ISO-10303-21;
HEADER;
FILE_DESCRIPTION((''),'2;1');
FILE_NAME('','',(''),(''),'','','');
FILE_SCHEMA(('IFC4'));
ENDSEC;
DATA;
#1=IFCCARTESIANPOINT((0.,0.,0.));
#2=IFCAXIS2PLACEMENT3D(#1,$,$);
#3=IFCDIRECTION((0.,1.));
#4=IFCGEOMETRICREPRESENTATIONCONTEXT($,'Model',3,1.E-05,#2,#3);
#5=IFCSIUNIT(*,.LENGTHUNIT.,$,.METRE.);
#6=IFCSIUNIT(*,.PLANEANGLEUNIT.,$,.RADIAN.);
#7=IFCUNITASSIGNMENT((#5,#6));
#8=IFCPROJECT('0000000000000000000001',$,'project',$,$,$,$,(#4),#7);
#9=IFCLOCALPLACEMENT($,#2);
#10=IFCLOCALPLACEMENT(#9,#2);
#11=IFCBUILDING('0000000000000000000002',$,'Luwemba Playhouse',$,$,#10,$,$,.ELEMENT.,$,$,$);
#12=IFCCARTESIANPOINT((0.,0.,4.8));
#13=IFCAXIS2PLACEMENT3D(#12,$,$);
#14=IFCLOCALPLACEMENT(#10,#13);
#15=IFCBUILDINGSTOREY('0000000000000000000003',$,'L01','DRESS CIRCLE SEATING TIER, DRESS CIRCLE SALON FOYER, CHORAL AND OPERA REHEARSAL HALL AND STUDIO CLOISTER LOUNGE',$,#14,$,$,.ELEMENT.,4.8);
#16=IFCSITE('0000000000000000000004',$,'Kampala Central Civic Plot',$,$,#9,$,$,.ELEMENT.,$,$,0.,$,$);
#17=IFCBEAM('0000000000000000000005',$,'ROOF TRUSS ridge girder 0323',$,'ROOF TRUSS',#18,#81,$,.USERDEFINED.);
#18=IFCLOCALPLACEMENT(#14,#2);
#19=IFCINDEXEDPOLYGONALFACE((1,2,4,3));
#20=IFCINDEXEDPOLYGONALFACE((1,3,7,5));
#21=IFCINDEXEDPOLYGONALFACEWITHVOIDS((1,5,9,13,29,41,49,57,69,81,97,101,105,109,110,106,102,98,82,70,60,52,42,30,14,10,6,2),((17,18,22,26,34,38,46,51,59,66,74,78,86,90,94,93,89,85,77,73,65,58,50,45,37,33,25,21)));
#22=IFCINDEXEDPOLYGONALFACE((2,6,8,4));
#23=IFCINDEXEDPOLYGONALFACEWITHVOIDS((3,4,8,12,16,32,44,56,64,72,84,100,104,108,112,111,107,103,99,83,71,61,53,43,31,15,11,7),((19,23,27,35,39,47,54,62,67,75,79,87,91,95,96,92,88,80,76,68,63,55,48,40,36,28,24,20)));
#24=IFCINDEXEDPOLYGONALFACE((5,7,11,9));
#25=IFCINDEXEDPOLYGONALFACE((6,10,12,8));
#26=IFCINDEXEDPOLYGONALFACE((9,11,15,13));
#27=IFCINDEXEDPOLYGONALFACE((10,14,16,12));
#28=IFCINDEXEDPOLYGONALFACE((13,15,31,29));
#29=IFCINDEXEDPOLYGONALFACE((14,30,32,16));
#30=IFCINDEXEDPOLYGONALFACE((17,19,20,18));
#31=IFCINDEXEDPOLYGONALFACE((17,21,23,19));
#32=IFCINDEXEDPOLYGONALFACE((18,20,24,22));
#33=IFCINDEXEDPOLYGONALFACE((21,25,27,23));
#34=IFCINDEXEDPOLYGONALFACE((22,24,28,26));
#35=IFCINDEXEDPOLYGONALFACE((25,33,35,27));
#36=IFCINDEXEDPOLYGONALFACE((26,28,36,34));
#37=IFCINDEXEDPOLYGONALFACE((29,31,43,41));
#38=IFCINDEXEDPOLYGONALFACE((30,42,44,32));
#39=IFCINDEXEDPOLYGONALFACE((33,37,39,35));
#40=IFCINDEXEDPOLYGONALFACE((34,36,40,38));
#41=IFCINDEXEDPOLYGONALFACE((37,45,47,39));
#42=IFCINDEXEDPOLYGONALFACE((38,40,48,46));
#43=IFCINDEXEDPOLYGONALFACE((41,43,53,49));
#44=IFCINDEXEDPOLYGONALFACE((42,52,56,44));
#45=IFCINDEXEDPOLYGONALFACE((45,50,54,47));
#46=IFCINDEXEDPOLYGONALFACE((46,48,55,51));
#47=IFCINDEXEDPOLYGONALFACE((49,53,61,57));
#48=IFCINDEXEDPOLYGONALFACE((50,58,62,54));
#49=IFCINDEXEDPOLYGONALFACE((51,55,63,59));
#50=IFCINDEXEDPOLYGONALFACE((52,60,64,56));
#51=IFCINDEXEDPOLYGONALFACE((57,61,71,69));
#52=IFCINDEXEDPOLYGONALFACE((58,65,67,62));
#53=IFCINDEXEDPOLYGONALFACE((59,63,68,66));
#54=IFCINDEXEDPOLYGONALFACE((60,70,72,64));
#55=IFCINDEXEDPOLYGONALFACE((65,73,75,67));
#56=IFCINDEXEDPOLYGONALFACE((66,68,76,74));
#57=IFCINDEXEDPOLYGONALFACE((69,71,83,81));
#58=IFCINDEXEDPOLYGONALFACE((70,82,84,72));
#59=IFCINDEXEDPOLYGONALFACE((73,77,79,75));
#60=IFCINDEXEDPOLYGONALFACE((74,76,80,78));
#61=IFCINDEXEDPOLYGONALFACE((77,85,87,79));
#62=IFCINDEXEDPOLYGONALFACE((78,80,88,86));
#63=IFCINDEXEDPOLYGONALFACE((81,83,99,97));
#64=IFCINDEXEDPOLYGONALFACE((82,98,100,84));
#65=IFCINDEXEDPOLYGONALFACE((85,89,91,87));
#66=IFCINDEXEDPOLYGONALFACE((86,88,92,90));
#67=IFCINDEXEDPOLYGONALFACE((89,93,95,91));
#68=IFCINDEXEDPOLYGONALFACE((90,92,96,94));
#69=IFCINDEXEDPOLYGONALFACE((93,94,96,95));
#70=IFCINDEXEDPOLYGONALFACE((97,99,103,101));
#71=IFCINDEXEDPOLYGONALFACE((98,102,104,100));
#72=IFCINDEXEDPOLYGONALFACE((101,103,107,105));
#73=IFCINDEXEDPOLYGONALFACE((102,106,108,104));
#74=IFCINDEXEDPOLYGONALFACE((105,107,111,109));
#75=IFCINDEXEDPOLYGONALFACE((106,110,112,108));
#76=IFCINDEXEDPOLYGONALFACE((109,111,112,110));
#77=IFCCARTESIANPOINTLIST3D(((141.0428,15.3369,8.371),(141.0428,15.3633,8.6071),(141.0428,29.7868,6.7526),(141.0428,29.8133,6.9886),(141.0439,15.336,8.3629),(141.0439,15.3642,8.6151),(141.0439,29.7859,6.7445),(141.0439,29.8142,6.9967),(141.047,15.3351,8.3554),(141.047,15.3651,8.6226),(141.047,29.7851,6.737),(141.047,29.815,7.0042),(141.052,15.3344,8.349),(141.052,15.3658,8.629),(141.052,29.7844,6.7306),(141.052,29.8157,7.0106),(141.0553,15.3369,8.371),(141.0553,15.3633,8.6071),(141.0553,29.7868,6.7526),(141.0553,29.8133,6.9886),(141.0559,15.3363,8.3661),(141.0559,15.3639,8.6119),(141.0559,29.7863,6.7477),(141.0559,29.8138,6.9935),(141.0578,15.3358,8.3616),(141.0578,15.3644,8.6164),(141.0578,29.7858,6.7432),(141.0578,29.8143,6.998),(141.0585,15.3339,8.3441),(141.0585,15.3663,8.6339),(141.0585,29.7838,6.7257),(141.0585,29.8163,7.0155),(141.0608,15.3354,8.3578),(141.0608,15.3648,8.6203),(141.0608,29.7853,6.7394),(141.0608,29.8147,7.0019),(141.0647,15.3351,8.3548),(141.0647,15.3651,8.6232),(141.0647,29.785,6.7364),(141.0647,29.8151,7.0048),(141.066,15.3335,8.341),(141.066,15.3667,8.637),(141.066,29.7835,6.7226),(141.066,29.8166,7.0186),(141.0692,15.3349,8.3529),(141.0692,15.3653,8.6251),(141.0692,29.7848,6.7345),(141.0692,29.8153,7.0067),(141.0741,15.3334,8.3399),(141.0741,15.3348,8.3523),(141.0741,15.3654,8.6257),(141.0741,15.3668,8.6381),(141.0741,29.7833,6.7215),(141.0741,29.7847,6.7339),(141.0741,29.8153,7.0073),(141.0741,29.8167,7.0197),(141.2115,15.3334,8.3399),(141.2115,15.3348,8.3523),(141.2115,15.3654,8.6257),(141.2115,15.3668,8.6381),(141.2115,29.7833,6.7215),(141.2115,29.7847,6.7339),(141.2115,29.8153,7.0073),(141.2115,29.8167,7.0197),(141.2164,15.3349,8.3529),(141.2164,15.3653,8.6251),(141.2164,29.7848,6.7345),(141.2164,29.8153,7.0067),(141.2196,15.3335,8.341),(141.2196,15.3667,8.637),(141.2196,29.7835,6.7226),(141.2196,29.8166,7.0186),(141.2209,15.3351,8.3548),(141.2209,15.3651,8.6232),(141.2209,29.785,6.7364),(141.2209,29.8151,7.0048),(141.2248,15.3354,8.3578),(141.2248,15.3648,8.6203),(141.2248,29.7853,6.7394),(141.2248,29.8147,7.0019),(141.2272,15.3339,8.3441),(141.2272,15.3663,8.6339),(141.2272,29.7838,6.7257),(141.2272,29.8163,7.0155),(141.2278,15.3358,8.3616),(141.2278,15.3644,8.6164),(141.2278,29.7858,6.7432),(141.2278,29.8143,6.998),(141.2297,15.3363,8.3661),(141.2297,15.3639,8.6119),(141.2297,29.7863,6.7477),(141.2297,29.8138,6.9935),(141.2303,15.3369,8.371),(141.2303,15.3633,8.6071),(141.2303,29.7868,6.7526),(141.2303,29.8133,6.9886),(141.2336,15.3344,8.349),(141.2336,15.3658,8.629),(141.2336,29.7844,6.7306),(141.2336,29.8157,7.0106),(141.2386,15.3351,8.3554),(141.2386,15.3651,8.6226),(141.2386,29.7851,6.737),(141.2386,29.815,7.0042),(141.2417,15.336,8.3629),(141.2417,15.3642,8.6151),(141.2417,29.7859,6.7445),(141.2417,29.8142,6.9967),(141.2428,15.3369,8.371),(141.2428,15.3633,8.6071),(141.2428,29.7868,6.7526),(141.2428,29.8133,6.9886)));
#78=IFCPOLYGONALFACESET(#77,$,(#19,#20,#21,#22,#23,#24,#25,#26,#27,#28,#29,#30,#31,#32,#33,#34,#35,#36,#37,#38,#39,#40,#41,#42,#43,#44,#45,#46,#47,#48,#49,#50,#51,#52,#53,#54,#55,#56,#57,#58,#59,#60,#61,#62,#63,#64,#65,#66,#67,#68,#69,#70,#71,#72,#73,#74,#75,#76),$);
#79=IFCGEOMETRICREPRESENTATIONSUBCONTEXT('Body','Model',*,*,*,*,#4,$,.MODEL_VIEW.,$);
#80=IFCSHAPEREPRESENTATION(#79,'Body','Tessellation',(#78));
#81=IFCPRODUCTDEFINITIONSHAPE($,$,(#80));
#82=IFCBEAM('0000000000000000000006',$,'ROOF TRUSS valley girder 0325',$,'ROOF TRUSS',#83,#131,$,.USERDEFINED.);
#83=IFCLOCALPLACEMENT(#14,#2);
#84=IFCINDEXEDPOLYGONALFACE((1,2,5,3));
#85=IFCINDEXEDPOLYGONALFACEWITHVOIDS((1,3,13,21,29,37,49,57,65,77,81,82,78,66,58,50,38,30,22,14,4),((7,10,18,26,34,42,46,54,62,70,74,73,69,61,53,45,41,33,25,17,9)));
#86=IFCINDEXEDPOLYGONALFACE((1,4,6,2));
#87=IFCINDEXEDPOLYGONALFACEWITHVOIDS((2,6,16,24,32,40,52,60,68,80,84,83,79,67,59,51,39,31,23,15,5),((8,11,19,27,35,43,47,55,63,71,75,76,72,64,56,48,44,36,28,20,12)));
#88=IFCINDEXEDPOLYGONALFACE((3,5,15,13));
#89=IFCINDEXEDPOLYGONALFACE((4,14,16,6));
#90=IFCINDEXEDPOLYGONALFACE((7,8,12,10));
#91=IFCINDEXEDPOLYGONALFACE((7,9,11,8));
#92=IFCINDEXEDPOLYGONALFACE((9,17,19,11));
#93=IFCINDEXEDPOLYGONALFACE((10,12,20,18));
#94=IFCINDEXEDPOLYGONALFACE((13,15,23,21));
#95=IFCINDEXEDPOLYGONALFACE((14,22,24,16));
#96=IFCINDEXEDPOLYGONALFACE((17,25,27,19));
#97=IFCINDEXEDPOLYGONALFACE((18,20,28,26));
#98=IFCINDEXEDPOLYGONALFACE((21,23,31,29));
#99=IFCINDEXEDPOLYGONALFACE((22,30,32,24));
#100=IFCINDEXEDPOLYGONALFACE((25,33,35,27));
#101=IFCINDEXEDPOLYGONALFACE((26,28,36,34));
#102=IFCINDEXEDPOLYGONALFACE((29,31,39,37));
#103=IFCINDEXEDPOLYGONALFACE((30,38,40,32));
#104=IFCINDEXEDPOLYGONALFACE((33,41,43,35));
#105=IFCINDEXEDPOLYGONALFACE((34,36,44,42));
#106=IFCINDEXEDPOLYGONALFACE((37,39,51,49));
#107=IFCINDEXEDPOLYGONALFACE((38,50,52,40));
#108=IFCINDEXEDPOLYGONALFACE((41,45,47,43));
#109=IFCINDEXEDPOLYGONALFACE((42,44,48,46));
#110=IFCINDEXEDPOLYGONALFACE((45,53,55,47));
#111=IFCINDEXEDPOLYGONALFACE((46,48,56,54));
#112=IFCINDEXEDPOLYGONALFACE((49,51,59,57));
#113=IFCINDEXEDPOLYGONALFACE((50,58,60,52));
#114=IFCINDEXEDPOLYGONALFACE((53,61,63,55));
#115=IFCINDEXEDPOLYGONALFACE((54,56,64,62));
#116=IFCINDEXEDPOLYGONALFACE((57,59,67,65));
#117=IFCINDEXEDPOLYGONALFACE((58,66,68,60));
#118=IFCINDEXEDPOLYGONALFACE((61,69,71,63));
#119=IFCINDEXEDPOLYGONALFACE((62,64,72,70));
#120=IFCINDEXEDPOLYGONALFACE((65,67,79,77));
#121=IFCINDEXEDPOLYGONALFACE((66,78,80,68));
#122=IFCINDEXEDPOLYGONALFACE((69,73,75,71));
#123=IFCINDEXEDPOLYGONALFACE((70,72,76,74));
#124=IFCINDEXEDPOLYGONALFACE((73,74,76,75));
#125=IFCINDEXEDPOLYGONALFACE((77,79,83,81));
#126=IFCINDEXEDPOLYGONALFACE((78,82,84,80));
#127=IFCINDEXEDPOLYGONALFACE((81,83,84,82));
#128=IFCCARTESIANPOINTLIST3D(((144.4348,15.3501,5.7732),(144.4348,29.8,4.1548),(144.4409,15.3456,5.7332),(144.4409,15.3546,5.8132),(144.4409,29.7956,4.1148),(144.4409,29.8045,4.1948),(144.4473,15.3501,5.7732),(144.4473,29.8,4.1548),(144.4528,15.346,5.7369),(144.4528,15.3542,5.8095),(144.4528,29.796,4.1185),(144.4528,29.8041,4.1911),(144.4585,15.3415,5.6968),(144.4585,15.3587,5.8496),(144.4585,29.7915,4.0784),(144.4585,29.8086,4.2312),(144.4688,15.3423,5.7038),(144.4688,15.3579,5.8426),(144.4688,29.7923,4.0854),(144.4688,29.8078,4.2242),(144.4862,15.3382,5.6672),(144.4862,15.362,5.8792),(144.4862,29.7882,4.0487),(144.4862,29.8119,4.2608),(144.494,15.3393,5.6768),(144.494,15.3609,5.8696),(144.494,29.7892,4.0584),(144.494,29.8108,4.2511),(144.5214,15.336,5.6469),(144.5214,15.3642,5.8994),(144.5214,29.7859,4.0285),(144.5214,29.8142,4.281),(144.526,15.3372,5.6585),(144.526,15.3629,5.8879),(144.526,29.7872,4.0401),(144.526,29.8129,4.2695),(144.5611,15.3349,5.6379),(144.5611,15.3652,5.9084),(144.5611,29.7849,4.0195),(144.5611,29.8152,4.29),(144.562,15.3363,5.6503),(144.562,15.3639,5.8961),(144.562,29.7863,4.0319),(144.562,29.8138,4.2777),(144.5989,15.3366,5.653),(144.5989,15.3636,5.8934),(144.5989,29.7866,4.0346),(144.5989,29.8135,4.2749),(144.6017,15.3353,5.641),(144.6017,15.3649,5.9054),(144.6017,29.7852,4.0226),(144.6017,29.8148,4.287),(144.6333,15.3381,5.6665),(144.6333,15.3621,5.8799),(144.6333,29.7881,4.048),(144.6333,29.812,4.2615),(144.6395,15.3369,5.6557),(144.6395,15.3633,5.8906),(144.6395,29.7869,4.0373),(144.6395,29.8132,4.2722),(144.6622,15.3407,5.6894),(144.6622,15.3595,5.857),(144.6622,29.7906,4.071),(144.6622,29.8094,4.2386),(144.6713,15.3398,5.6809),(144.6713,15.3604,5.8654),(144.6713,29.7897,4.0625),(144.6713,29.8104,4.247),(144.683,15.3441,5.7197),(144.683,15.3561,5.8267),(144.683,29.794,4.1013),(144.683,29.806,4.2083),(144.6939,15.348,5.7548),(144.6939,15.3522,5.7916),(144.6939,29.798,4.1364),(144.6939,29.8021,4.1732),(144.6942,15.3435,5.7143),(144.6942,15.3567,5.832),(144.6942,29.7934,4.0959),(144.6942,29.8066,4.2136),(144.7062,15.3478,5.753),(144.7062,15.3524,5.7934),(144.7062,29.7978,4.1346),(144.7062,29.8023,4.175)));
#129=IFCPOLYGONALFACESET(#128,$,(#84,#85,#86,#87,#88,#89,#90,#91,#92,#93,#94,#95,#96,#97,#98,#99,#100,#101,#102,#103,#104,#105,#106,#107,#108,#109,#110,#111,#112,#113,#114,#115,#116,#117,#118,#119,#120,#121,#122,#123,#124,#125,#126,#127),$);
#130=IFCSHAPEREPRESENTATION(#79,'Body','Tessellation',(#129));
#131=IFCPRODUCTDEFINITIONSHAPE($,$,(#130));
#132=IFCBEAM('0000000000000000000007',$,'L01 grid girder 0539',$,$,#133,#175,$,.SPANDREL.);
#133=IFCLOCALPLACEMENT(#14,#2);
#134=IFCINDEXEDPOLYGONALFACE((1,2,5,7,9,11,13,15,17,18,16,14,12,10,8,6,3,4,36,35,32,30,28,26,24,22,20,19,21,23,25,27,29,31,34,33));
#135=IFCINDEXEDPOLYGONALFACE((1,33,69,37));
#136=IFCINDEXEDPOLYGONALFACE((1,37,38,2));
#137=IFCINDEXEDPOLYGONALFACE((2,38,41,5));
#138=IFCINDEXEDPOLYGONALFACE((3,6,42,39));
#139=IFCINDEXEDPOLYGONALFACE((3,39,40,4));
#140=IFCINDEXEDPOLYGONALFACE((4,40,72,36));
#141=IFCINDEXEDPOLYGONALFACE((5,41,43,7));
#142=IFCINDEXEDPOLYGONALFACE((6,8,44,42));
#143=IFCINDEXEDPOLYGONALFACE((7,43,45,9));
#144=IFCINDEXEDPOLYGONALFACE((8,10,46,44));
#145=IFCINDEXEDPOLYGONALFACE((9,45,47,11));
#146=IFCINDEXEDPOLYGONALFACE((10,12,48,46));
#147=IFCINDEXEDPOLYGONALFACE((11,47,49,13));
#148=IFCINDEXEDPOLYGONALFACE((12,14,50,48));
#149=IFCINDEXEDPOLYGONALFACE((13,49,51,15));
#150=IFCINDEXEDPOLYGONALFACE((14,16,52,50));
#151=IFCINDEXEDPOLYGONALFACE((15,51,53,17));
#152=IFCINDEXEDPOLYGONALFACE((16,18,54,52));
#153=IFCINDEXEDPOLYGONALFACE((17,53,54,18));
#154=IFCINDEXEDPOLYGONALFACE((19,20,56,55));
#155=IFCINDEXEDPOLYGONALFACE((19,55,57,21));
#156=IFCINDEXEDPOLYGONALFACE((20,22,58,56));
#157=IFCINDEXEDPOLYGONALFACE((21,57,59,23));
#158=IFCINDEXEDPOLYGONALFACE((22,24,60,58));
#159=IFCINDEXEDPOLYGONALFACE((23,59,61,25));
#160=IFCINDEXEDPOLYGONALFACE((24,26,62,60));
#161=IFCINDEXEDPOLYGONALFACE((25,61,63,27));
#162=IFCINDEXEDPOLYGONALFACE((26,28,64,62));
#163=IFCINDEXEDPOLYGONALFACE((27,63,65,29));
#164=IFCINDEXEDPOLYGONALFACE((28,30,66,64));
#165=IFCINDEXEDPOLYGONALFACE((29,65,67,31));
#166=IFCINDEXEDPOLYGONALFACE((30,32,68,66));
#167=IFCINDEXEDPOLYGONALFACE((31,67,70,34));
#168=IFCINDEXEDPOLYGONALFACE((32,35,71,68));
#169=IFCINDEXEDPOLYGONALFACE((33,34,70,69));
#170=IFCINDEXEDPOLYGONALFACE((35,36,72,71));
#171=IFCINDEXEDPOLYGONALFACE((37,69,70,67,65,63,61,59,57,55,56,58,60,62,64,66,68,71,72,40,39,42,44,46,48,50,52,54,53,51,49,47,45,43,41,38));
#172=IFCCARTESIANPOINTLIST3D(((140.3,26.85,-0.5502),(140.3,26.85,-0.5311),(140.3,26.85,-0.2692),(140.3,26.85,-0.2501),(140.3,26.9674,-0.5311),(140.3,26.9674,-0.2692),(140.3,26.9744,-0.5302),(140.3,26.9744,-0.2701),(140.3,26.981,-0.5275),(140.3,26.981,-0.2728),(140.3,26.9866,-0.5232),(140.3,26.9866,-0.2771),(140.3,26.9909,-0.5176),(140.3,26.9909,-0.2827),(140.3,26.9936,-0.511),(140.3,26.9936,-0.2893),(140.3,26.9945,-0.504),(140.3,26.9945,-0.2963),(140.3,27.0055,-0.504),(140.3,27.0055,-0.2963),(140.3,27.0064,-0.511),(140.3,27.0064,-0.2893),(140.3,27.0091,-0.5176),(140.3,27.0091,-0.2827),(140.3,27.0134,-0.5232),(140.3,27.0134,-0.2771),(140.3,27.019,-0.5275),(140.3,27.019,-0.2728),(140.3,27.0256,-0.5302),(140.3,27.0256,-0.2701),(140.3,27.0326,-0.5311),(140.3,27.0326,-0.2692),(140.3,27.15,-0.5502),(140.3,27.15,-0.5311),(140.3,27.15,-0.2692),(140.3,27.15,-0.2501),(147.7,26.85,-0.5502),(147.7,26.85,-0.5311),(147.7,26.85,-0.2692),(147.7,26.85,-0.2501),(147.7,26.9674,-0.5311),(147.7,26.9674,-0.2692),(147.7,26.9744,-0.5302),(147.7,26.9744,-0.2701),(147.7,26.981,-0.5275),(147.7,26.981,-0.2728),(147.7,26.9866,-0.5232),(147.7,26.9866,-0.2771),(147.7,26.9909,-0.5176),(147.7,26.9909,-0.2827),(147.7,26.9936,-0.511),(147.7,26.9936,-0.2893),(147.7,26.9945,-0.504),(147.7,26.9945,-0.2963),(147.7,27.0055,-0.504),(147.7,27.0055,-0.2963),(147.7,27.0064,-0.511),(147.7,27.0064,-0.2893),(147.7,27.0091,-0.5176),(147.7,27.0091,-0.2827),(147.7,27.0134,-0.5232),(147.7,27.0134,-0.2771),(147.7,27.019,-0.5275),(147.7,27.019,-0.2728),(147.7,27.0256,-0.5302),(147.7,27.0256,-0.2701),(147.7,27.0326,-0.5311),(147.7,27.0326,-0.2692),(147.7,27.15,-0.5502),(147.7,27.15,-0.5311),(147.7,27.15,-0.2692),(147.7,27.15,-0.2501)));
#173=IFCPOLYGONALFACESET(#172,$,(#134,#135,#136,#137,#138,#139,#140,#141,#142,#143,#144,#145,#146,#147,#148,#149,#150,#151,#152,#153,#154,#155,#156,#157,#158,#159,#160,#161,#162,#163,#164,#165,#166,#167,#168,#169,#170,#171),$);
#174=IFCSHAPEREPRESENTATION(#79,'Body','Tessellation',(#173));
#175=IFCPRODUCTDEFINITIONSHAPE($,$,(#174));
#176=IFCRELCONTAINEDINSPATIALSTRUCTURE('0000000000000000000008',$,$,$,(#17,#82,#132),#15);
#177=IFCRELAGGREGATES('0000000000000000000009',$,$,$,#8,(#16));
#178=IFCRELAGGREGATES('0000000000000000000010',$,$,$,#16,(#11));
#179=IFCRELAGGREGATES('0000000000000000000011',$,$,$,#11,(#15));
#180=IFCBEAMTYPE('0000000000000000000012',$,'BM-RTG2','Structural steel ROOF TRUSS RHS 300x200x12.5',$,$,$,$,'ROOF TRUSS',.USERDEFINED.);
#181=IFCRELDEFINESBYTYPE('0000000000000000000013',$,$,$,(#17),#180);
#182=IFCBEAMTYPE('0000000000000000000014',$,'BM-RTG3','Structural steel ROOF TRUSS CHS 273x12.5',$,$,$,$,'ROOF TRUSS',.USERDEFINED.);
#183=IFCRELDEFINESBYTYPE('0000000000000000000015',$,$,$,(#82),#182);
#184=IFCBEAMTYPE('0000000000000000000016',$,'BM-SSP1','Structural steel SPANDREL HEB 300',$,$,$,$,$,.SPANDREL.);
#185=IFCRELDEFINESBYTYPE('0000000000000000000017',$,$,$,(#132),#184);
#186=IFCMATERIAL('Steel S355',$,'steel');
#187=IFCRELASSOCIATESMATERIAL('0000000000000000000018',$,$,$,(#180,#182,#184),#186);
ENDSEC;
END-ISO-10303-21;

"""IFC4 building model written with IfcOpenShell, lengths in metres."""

from ifc_helpers import new_model, si_unit, direction, frame, origin, origin_2d, place, context, subcontext, project, spatial, hollow_rectangle, hollow_circle, i_section, extrude, material, material_profile, profile_set, type_object, element, save


model = new_model("IFC4")

# Units and contexts
model_context = context("Model", 3, precision=1e-05, world=origin(), true_north=direction((0.0, 1.0)))
body_context = subcontext(model_context, "Body", "Model", "MODEL_VIEW")
ifc_project = project(units=[si_unit("LENGTHUNIT", "METRE"), si_unit("PLANEANGLEUNIT", "RADIAN")], contexts=[model_context])

# Site, building, storey
site_placement = place(None, origin())
site = spatial("IfcSite", under=ifc_project, at=site_placement, Name="Kampala Central Civic Plot", CompositionType="ELEMENT", RefElevation=0.0)
building_placement = place(site_placement, origin())
building = spatial("IfcBuilding", under=site, at=building_placement, Name="Luwemba Playhouse", CompositionType="ELEMENT")
storey_placement = place(building_placement, frame((0.0, 0.0, 4.8)))
storey = spatial("IfcBuildingStorey", under=building, at=storey_placement, Name="L01", Description="DRESS CIRCLE SEATING TIER, DRESS CIRCLE SALON FOYER, CHORAL AND OPERA REHEARSAL HALL AND STUDIO CLOISTER LOUNGE", CompositionType="ELEMENT", Elevation=4.8)

# Beams
ifc_material_1 = material(Name="Steel S355", Category="steel")
ifc_material_profile_1 = material_profile(ifc_material_1, hollow_rectangle(XDim=0.2, YDim=0.3, WallThickness=0.0125, InnerFilletRadius=0.0188, OuterFilletRadius=0.0312, at=origin_2d()))
ifc_profile_set_1 = profile_set([ifc_material_profile_1], Name="Steel S355")
beam_type_1 = type_object("IfcBeamType", Name="BM-RTG2", Description="Structural steel ROOF TRUSS RHS 300x200x12.5", ElementType="ROOF TRUSS", PredefinedType="USERDEFINED", material=ifc_profile_set_1)
beam_1_placement = place(storey_placement, frame((141.1428, 15.3501, 8.489), z_axis=(0.0, 0.993786, -0.111305), x_axis=(-1.0, 0.0, 0.0)))
element("IfcBeam", 1, at=beam_1_placement, inside=storey, type_object=beam_type_1, Name="ROOF TRUSS ridge girder 0323", ObjectType="ROOF TRUSS", PredefinedType="USERDEFINED", context=body_context, shape_type="SweptSolid", body=[
    extrude(hollow_rectangle(XDim=0.2, YDim=0.3, WallThickness=0.0125, InnerFilletRadius=0.0188, OuterFilletRadius=0.0312, at=origin_2d()), origin(), (0.0, 0.0, 1.0), 14.5403),
])
ifc_material_profile_2 = material_profile(ifc_material_1, hollow_circle(Radius=0.1365, WallThickness=0.0125, at=origin_2d()))
ifc_profile_set_2 = profile_set([ifc_material_profile_2], Name="Steel S355")
beam_type_2 = type_object("IfcBeamType", Name="BM-RTG3", Description="Structural steel ROOF TRUSS CHS 273x12.5", ElementType="ROOF TRUSS", PredefinedType="USERDEFINED", material=ifc_profile_set_2)
beam_2_placement = place(storey_placement, frame((144.5713, 15.3501, 5.7732), z_axis=(0.0, 0.993786, -0.111305), x_axis=(-1.0, 0.0, 0.0)))
element("IfcBeam", 2, at=beam_2_placement, inside=storey, type_object=beam_type_2, Name="ROOF TRUSS valley girder 0325", ObjectType="ROOF TRUSS", PredefinedType="USERDEFINED", context=body_context, shape_type="SweptSolid", body=[
    extrude(hollow_circle(Radius=0.1365, WallThickness=0.0125, at=origin_2d()), origin(), (0.0, 0.0, 1.0), 14.5403),
])
ifc_material_profile_3 = material_profile(ifc_material_1, i_section(OverallWidth=0.3, OverallDepth=0.3, WebThickness=0.011, FlangeThickness=0.019, FilletRadius=0.0271, at=origin_2d()))
ifc_profile_set_3 = profile_set([ifc_material_profile_3], Name="Steel S355")
beam_type_3 = type_object("IfcBeamType", Name="BM-SSP1", Description="Structural steel SPANDREL HEB 300", PredefinedType="SPANDREL", material=ifc_profile_set_3)
beam_3_placement = place(storey_placement, frame((140.3, 27.0, -0.4001), z_axis=(1.0, 0.0, 0.0), x_axis=(0.0, 1.0, 0.0)))
element("IfcBeam", 3, at=beam_3_placement, inside=storey, type_object=beam_type_3, Name="L01 grid girder 0539", PredefinedType="SPANDREL", context=body_context, shape_type="SweptSolid", body=[
    extrude(i_section(OverallWidth=0.3, OverallDepth=0.3, WebThickness=0.011, FlangeThickness=0.019, FilletRadius=0.0271, at=origin_2d()), origin(), (0.0, 0.0, 1.0), 7.3999),
])

save(model, "model.ifc")
